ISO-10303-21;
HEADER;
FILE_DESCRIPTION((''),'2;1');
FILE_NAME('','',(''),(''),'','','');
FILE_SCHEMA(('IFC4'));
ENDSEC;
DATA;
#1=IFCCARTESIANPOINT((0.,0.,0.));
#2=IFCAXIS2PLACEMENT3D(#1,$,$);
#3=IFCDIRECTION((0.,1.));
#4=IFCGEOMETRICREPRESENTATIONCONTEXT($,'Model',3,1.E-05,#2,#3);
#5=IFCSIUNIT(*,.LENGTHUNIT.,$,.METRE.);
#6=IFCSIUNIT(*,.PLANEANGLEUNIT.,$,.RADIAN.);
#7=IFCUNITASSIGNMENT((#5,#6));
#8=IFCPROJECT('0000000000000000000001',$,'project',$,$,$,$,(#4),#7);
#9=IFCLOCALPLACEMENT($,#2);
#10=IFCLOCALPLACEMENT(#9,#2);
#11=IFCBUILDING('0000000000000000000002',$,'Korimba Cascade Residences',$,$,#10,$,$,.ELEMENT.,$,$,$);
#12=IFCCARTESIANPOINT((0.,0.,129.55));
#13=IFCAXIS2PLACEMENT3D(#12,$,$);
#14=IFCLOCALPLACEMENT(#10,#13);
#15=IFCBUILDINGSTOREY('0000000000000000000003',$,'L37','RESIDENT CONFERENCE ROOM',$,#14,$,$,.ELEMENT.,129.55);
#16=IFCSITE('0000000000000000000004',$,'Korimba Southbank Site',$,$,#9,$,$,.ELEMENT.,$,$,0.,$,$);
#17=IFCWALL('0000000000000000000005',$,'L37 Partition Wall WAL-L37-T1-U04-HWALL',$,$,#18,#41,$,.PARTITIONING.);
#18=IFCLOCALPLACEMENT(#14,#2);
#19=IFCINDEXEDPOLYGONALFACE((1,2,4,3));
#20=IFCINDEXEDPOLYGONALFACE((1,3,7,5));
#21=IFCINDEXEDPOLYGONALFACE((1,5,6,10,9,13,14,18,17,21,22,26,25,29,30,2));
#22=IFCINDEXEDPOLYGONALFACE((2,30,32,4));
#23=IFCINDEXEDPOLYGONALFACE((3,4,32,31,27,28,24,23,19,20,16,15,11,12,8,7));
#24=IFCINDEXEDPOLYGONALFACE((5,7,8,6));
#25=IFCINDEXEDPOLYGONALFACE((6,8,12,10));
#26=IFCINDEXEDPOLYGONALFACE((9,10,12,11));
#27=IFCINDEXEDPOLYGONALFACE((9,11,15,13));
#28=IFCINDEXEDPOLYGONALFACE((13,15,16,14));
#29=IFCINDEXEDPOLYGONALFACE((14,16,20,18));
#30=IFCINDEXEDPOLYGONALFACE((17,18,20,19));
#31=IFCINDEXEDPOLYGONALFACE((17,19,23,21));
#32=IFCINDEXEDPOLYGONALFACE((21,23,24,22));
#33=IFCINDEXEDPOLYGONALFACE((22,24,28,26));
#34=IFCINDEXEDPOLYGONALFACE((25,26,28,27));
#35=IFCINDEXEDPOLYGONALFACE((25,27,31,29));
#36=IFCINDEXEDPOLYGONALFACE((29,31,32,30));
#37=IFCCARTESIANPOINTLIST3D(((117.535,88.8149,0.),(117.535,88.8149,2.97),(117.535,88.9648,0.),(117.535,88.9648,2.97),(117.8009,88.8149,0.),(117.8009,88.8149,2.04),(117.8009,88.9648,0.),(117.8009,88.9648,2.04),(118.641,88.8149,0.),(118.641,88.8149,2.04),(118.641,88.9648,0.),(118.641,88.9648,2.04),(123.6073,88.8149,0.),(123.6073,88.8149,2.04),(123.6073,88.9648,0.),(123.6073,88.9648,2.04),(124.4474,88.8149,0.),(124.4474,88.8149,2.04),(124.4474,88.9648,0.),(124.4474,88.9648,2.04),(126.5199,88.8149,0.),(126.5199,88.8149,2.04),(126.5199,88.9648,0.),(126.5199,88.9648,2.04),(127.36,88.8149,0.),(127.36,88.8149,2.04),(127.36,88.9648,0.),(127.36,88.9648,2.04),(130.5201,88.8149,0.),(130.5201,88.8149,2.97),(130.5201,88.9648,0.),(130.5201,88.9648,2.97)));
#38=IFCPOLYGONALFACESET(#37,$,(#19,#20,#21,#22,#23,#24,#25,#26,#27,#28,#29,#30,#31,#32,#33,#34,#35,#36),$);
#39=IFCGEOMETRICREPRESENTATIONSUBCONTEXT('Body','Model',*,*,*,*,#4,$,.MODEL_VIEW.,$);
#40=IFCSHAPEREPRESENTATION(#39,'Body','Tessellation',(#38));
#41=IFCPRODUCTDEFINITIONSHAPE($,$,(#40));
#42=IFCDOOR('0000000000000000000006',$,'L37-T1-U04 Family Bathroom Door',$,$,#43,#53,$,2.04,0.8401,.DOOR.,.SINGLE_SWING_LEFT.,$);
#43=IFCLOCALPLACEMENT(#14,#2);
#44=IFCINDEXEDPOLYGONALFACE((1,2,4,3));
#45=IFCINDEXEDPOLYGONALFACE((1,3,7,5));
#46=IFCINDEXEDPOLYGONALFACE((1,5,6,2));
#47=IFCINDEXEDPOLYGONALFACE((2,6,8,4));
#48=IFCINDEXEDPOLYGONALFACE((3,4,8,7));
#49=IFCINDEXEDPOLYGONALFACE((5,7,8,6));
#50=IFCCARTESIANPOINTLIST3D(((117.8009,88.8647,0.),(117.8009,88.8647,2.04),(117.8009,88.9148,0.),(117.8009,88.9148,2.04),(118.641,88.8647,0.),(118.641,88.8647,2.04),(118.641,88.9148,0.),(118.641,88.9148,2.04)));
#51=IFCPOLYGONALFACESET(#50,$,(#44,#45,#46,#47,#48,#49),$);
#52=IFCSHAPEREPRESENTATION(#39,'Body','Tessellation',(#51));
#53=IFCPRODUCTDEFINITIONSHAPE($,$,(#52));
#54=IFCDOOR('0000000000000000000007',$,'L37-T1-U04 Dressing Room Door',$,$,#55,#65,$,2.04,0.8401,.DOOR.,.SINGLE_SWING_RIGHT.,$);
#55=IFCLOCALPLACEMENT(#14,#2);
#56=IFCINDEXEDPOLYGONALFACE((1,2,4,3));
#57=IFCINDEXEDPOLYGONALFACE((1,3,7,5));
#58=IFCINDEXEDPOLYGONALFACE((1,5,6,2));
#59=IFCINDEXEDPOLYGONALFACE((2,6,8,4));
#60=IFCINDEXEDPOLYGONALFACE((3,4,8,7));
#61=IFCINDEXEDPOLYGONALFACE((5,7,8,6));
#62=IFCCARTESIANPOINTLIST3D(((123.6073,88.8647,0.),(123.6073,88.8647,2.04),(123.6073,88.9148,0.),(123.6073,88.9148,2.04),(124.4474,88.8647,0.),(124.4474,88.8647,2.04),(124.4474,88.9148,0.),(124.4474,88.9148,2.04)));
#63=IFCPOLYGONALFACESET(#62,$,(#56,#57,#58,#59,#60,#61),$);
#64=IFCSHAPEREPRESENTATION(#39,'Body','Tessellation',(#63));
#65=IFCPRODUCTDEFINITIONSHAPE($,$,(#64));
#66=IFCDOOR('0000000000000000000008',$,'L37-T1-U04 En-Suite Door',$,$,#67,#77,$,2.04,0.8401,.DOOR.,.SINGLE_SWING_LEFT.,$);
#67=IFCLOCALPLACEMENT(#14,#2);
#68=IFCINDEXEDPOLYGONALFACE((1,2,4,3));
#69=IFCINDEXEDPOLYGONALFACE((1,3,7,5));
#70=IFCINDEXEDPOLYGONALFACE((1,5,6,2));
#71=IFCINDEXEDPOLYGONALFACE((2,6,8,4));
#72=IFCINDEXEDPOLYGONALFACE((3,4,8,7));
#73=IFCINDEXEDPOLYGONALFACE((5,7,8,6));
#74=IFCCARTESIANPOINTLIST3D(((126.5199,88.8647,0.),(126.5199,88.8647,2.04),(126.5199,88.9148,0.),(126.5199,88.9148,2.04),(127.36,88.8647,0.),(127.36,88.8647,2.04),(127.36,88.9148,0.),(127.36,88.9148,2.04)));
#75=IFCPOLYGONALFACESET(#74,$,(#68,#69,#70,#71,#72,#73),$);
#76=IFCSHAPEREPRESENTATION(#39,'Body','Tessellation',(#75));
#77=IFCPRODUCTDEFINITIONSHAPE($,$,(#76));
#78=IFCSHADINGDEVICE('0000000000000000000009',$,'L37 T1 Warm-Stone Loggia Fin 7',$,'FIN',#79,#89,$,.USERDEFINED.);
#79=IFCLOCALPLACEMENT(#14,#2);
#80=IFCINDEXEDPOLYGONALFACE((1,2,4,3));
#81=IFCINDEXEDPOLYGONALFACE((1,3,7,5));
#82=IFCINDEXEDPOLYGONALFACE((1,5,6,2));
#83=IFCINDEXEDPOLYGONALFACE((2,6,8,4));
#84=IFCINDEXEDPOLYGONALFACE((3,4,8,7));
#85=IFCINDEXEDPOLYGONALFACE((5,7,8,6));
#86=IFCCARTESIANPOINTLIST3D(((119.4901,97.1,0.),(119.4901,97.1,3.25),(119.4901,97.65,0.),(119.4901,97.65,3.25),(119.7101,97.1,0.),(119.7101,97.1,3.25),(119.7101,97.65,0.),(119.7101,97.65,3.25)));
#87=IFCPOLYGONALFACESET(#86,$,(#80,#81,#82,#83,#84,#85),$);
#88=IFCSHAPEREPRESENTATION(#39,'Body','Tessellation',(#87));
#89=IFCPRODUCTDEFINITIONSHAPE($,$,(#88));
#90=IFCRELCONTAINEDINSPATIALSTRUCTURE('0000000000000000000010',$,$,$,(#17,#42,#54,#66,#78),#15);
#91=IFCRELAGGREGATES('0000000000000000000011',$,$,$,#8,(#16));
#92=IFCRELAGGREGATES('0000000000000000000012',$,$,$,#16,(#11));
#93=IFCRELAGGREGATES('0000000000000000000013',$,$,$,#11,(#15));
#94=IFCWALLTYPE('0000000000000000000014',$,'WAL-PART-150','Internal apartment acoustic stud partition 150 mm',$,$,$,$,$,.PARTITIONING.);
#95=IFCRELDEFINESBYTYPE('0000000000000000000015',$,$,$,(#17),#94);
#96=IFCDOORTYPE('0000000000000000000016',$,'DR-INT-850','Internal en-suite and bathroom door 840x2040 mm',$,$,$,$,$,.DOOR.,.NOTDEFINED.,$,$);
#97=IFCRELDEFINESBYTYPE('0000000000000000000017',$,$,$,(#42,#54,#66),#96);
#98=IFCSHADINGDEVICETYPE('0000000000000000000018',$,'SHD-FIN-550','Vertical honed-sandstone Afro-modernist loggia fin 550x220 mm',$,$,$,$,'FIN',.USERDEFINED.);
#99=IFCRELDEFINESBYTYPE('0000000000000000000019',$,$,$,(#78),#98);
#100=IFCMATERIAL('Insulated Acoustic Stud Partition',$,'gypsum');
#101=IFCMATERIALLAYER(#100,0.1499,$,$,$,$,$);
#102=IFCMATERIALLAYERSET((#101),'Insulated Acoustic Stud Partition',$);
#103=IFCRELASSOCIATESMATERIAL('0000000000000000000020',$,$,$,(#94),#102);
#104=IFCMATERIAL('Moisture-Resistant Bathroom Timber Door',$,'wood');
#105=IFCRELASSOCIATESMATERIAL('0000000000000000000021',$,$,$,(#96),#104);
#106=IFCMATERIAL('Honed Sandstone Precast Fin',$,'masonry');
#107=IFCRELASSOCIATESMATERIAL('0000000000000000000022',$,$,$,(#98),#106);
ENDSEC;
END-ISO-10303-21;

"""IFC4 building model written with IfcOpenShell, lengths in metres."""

from ifc_helpers import new_model, si_unit, direction, frame, frame_2d, origin, origin_2d, place, context, subcontext, project, spatial, rectangle, extrude, material, layer, layer_set, type_object, element, fill, save


model = new_model("IFC4")

# Units and contexts
model_context = context("Model", 3, precision=1e-05, world=origin(), true_north=direction((0.0, 1.0)))
body_context = subcontext(model_context, "Body", "Model", "MODEL_VIEW")
ifc_project = project(units=[si_unit("LENGTHUNIT", "METRE"), si_unit("PLANEANGLEUNIT", "RADIAN")], contexts=[model_context])

# Site, building, storey
site_placement = place(None, origin())
site = spatial("IfcSite", under=ifc_project, at=site_placement, Name="Korimba Southbank Site", CompositionType="ELEMENT", RefElevation=0.0)
building_placement = place(site_placement, origin())
building = spatial("IfcBuilding", under=site, at=building_placement, Name="Korimba Cascade Residences", CompositionType="ELEMENT")
storey_placement = place(building_placement, frame((0.0, 0.0, 129.55)))
storey = spatial("IfcBuildingStorey", under=building, at=storey_placement, Name="L37", Description="RESIDENT CONFERENCE ROOM", CompositionType="ELEMENT", Elevation=129.55)

# Shared definitions
ifc_material_1 = material(Name="Insulated Acoustic Stud Partition", Category="gypsum")
ifc_layer = layer(ifc_material_1, 0.1499)
ifc_layer_set = layer_set([ifc_layer], Name="Insulated Acoustic Stud Partition")
wall_type = type_object("IfcWallType", Name="WAL-PART-150", Description="Internal apartment acoustic stud partition 150 mm", PredefinedType="PARTITIONING", material=ifc_layer_set)

# Wall, openings, doors
wall_1_placement = place(storey_placement, frame((117.5349, 88.8899, 0.0), z_axis=(0.0, 0.0, 1.0), x_axis=(1.0, 0.0, 0.0)))
wall_1 = element("IfcWall", 1, at=wall_1_placement, inside=storey, type_object=wall_type, Name="L37 Partition Wall WAL-L37-T1-U04-HWALL", PredefinedType="PARTITIONING", context=body_context, shape_type="SweptSolid", body=[
    extrude(rectangle(XDim=12.9851, YDim=0.1499, at=frame_2d((6.4927, 0.0))), origin(), (0.0, 0.0, 1.0), 2.97),
])
opening_1_placement = place(wall_1_placement, frame((0.2661, 0.0, 0.0)))
opening_1 = element("IfcOpeningElement", 2, at=opening_1_placement, cuts=wall_1, PredefinedType="OPENING", context=body_context, shape_type="SweptSolid", body=[
    extrude(rectangle(XDim=0.8401, YDim=2.04, at=frame_2d((0.4199, 1.02))), frame((0.0, 0.085, 0.0), z_axis=(0.0, -1.0, 0.0), x_axis=(1.0, 0.0, 0.0)), (0.0, 0.0, 1.0), 0.1699),
])
opening_2_placement = place(wall_1_placement, frame((6.0725, 0.0, 0.0)))
opening_2 = element("IfcOpeningElement", 3, at=opening_2_placement, cuts=wall_1, PredefinedType="OPENING", context=body_context, shape_type="SweptSolid", body=[
    extrude(rectangle(XDim=0.8401, YDim=2.04, at=frame_2d((0.4199, 1.02))), frame((0.0, 0.085, 0.0), z_axis=(0.0, -1.0, 0.0), x_axis=(1.0, 0.0, 0.0)), (0.0, 0.0, 1.0), 0.1699),
])
opening_3_placement = place(wall_1_placement, frame((8.9851, 0.0, 0.0)))
opening_3 = element("IfcOpeningElement", 4, at=opening_3_placement, cuts=wall_1, PredefinedType="OPENING", context=body_context, shape_type="SweptSolid", body=[
    extrude(rectangle(XDim=0.8401, YDim=2.04, at=frame_2d((0.4199, 1.02))), frame((0.0, 0.085, 0.0), z_axis=(0.0, -1.0, 0.0), x_axis=(1.0, 0.0, 0.0)), (0.0, 0.0, 1.0), 0.1699),
])
ifc_material_2 = material(Name="Moisture-Resistant Bathroom Timber Door", Category="wood")
door_type_1 = type_object("IfcDoorType", Name="DR-INT-850", Description="Internal en-suite and bathroom door 840x2040 mm", OperationType="NOTDEFINED", PredefinedType="DOOR", material=ifc_material_2)
door_1_placement = place(opening_1_placement, origin())
door_1 = element("IfcDoor", 5, at=door_1_placement, inside=storey, type_object=door_type_1, Name="L37-T1-U04 Family Bathroom Door", OperationType="SINGLE_SWING_LEFT", OverallHeight=2.04, OverallWidth=0.8401, PredefinedType="DOOR", context=body_context, shape_type="SweptSolid", body=[
    extrude(rectangle(XDim=0.8401, YDim=2.04, at=frame_2d((0.4199, 1.02))), frame((0.0, 0.0249, 0.0), z_axis=(0.0, -1.0, 0.0), x_axis=(1.0, 0.0, 0.0)), (0.0, 0.0, 1.0), 0.05),
])
fill(opening_1, door_1)
door_2_placement = place(opening_2_placement, origin())
door_2 = element("IfcDoor", 6, at=door_2_placement, inside=storey, type_object=door_type_1, Name="L37-T1-U04 Dressing Room Door", OperationType="SINGLE_SWING_RIGHT", OverallHeight=2.04, OverallWidth=0.8401, PredefinedType="DOOR", context=body_context, shape_type="SweptSolid", body=[
    extrude(rectangle(XDim=0.8401, YDim=2.04, at=frame_2d((0.4199, 1.02))), frame((0.0, 0.0249, 0.0), z_axis=(0.0, -1.0, 0.0), x_axis=(1.0, 0.0, 0.0)), (0.0, 0.0, 1.0), 0.05),
])
fill(opening_2, door_2)
door_3_placement = place(opening_3_placement, origin())
door_3 = element("IfcDoor", 7, at=door_3_placement, inside=storey, type_object=door_type_1, Name="L37-T1-U04 En-Suite Door", OperationType="SINGLE_SWING_LEFT", OverallHeight=2.04, OverallWidth=0.8401, PredefinedType="DOOR", context=body_context, shape_type="SweptSolid", body=[
    extrude(rectangle(XDim=0.8401, YDim=2.04, at=frame_2d((0.4199, 1.02))), frame((0.0, 0.0249, 0.0), z_axis=(0.0, -1.0, 0.0), x_axis=(1.0, 0.0, 0.0)), (0.0, 0.0, 1.0), 0.05),
])
fill(opening_3, door_3)

# Shading device
ifc_material_3 = material(Name="Honed Sandstone Precast Fin", Category="masonry")
shading_device_type = type_object("IfcShadingDeviceType", Name="SHD-FIN-550", Description="Vertical honed-sandstone Afro-modernist loggia fin 550x220 mm", ElementType="FIN", PredefinedType="USERDEFINED", material=ifc_material_3)
shading_device_placement = place(storey_placement, frame((119.6001, 97.375, 0.0), z_axis=(0.0, 0.0, 1.0), x_axis=(1.0, 0.0, 0.0)))
element("IfcShadingDevice", 8, at=shading_device_placement, inside=storey, type_object=shading_device_type, Name="L37 T1 Warm-Stone Loggia Fin 7", ObjectType="FIN", PredefinedType="USERDEFINED", context=body_context, shape_type="SweptSolid", body=[
    extrude(rectangle(XDim=0.22, YDim=0.55, at=origin_2d()), origin(), (0.0, 0.0, 1.0), 3.25),
])

save(model, "model.ifc")
